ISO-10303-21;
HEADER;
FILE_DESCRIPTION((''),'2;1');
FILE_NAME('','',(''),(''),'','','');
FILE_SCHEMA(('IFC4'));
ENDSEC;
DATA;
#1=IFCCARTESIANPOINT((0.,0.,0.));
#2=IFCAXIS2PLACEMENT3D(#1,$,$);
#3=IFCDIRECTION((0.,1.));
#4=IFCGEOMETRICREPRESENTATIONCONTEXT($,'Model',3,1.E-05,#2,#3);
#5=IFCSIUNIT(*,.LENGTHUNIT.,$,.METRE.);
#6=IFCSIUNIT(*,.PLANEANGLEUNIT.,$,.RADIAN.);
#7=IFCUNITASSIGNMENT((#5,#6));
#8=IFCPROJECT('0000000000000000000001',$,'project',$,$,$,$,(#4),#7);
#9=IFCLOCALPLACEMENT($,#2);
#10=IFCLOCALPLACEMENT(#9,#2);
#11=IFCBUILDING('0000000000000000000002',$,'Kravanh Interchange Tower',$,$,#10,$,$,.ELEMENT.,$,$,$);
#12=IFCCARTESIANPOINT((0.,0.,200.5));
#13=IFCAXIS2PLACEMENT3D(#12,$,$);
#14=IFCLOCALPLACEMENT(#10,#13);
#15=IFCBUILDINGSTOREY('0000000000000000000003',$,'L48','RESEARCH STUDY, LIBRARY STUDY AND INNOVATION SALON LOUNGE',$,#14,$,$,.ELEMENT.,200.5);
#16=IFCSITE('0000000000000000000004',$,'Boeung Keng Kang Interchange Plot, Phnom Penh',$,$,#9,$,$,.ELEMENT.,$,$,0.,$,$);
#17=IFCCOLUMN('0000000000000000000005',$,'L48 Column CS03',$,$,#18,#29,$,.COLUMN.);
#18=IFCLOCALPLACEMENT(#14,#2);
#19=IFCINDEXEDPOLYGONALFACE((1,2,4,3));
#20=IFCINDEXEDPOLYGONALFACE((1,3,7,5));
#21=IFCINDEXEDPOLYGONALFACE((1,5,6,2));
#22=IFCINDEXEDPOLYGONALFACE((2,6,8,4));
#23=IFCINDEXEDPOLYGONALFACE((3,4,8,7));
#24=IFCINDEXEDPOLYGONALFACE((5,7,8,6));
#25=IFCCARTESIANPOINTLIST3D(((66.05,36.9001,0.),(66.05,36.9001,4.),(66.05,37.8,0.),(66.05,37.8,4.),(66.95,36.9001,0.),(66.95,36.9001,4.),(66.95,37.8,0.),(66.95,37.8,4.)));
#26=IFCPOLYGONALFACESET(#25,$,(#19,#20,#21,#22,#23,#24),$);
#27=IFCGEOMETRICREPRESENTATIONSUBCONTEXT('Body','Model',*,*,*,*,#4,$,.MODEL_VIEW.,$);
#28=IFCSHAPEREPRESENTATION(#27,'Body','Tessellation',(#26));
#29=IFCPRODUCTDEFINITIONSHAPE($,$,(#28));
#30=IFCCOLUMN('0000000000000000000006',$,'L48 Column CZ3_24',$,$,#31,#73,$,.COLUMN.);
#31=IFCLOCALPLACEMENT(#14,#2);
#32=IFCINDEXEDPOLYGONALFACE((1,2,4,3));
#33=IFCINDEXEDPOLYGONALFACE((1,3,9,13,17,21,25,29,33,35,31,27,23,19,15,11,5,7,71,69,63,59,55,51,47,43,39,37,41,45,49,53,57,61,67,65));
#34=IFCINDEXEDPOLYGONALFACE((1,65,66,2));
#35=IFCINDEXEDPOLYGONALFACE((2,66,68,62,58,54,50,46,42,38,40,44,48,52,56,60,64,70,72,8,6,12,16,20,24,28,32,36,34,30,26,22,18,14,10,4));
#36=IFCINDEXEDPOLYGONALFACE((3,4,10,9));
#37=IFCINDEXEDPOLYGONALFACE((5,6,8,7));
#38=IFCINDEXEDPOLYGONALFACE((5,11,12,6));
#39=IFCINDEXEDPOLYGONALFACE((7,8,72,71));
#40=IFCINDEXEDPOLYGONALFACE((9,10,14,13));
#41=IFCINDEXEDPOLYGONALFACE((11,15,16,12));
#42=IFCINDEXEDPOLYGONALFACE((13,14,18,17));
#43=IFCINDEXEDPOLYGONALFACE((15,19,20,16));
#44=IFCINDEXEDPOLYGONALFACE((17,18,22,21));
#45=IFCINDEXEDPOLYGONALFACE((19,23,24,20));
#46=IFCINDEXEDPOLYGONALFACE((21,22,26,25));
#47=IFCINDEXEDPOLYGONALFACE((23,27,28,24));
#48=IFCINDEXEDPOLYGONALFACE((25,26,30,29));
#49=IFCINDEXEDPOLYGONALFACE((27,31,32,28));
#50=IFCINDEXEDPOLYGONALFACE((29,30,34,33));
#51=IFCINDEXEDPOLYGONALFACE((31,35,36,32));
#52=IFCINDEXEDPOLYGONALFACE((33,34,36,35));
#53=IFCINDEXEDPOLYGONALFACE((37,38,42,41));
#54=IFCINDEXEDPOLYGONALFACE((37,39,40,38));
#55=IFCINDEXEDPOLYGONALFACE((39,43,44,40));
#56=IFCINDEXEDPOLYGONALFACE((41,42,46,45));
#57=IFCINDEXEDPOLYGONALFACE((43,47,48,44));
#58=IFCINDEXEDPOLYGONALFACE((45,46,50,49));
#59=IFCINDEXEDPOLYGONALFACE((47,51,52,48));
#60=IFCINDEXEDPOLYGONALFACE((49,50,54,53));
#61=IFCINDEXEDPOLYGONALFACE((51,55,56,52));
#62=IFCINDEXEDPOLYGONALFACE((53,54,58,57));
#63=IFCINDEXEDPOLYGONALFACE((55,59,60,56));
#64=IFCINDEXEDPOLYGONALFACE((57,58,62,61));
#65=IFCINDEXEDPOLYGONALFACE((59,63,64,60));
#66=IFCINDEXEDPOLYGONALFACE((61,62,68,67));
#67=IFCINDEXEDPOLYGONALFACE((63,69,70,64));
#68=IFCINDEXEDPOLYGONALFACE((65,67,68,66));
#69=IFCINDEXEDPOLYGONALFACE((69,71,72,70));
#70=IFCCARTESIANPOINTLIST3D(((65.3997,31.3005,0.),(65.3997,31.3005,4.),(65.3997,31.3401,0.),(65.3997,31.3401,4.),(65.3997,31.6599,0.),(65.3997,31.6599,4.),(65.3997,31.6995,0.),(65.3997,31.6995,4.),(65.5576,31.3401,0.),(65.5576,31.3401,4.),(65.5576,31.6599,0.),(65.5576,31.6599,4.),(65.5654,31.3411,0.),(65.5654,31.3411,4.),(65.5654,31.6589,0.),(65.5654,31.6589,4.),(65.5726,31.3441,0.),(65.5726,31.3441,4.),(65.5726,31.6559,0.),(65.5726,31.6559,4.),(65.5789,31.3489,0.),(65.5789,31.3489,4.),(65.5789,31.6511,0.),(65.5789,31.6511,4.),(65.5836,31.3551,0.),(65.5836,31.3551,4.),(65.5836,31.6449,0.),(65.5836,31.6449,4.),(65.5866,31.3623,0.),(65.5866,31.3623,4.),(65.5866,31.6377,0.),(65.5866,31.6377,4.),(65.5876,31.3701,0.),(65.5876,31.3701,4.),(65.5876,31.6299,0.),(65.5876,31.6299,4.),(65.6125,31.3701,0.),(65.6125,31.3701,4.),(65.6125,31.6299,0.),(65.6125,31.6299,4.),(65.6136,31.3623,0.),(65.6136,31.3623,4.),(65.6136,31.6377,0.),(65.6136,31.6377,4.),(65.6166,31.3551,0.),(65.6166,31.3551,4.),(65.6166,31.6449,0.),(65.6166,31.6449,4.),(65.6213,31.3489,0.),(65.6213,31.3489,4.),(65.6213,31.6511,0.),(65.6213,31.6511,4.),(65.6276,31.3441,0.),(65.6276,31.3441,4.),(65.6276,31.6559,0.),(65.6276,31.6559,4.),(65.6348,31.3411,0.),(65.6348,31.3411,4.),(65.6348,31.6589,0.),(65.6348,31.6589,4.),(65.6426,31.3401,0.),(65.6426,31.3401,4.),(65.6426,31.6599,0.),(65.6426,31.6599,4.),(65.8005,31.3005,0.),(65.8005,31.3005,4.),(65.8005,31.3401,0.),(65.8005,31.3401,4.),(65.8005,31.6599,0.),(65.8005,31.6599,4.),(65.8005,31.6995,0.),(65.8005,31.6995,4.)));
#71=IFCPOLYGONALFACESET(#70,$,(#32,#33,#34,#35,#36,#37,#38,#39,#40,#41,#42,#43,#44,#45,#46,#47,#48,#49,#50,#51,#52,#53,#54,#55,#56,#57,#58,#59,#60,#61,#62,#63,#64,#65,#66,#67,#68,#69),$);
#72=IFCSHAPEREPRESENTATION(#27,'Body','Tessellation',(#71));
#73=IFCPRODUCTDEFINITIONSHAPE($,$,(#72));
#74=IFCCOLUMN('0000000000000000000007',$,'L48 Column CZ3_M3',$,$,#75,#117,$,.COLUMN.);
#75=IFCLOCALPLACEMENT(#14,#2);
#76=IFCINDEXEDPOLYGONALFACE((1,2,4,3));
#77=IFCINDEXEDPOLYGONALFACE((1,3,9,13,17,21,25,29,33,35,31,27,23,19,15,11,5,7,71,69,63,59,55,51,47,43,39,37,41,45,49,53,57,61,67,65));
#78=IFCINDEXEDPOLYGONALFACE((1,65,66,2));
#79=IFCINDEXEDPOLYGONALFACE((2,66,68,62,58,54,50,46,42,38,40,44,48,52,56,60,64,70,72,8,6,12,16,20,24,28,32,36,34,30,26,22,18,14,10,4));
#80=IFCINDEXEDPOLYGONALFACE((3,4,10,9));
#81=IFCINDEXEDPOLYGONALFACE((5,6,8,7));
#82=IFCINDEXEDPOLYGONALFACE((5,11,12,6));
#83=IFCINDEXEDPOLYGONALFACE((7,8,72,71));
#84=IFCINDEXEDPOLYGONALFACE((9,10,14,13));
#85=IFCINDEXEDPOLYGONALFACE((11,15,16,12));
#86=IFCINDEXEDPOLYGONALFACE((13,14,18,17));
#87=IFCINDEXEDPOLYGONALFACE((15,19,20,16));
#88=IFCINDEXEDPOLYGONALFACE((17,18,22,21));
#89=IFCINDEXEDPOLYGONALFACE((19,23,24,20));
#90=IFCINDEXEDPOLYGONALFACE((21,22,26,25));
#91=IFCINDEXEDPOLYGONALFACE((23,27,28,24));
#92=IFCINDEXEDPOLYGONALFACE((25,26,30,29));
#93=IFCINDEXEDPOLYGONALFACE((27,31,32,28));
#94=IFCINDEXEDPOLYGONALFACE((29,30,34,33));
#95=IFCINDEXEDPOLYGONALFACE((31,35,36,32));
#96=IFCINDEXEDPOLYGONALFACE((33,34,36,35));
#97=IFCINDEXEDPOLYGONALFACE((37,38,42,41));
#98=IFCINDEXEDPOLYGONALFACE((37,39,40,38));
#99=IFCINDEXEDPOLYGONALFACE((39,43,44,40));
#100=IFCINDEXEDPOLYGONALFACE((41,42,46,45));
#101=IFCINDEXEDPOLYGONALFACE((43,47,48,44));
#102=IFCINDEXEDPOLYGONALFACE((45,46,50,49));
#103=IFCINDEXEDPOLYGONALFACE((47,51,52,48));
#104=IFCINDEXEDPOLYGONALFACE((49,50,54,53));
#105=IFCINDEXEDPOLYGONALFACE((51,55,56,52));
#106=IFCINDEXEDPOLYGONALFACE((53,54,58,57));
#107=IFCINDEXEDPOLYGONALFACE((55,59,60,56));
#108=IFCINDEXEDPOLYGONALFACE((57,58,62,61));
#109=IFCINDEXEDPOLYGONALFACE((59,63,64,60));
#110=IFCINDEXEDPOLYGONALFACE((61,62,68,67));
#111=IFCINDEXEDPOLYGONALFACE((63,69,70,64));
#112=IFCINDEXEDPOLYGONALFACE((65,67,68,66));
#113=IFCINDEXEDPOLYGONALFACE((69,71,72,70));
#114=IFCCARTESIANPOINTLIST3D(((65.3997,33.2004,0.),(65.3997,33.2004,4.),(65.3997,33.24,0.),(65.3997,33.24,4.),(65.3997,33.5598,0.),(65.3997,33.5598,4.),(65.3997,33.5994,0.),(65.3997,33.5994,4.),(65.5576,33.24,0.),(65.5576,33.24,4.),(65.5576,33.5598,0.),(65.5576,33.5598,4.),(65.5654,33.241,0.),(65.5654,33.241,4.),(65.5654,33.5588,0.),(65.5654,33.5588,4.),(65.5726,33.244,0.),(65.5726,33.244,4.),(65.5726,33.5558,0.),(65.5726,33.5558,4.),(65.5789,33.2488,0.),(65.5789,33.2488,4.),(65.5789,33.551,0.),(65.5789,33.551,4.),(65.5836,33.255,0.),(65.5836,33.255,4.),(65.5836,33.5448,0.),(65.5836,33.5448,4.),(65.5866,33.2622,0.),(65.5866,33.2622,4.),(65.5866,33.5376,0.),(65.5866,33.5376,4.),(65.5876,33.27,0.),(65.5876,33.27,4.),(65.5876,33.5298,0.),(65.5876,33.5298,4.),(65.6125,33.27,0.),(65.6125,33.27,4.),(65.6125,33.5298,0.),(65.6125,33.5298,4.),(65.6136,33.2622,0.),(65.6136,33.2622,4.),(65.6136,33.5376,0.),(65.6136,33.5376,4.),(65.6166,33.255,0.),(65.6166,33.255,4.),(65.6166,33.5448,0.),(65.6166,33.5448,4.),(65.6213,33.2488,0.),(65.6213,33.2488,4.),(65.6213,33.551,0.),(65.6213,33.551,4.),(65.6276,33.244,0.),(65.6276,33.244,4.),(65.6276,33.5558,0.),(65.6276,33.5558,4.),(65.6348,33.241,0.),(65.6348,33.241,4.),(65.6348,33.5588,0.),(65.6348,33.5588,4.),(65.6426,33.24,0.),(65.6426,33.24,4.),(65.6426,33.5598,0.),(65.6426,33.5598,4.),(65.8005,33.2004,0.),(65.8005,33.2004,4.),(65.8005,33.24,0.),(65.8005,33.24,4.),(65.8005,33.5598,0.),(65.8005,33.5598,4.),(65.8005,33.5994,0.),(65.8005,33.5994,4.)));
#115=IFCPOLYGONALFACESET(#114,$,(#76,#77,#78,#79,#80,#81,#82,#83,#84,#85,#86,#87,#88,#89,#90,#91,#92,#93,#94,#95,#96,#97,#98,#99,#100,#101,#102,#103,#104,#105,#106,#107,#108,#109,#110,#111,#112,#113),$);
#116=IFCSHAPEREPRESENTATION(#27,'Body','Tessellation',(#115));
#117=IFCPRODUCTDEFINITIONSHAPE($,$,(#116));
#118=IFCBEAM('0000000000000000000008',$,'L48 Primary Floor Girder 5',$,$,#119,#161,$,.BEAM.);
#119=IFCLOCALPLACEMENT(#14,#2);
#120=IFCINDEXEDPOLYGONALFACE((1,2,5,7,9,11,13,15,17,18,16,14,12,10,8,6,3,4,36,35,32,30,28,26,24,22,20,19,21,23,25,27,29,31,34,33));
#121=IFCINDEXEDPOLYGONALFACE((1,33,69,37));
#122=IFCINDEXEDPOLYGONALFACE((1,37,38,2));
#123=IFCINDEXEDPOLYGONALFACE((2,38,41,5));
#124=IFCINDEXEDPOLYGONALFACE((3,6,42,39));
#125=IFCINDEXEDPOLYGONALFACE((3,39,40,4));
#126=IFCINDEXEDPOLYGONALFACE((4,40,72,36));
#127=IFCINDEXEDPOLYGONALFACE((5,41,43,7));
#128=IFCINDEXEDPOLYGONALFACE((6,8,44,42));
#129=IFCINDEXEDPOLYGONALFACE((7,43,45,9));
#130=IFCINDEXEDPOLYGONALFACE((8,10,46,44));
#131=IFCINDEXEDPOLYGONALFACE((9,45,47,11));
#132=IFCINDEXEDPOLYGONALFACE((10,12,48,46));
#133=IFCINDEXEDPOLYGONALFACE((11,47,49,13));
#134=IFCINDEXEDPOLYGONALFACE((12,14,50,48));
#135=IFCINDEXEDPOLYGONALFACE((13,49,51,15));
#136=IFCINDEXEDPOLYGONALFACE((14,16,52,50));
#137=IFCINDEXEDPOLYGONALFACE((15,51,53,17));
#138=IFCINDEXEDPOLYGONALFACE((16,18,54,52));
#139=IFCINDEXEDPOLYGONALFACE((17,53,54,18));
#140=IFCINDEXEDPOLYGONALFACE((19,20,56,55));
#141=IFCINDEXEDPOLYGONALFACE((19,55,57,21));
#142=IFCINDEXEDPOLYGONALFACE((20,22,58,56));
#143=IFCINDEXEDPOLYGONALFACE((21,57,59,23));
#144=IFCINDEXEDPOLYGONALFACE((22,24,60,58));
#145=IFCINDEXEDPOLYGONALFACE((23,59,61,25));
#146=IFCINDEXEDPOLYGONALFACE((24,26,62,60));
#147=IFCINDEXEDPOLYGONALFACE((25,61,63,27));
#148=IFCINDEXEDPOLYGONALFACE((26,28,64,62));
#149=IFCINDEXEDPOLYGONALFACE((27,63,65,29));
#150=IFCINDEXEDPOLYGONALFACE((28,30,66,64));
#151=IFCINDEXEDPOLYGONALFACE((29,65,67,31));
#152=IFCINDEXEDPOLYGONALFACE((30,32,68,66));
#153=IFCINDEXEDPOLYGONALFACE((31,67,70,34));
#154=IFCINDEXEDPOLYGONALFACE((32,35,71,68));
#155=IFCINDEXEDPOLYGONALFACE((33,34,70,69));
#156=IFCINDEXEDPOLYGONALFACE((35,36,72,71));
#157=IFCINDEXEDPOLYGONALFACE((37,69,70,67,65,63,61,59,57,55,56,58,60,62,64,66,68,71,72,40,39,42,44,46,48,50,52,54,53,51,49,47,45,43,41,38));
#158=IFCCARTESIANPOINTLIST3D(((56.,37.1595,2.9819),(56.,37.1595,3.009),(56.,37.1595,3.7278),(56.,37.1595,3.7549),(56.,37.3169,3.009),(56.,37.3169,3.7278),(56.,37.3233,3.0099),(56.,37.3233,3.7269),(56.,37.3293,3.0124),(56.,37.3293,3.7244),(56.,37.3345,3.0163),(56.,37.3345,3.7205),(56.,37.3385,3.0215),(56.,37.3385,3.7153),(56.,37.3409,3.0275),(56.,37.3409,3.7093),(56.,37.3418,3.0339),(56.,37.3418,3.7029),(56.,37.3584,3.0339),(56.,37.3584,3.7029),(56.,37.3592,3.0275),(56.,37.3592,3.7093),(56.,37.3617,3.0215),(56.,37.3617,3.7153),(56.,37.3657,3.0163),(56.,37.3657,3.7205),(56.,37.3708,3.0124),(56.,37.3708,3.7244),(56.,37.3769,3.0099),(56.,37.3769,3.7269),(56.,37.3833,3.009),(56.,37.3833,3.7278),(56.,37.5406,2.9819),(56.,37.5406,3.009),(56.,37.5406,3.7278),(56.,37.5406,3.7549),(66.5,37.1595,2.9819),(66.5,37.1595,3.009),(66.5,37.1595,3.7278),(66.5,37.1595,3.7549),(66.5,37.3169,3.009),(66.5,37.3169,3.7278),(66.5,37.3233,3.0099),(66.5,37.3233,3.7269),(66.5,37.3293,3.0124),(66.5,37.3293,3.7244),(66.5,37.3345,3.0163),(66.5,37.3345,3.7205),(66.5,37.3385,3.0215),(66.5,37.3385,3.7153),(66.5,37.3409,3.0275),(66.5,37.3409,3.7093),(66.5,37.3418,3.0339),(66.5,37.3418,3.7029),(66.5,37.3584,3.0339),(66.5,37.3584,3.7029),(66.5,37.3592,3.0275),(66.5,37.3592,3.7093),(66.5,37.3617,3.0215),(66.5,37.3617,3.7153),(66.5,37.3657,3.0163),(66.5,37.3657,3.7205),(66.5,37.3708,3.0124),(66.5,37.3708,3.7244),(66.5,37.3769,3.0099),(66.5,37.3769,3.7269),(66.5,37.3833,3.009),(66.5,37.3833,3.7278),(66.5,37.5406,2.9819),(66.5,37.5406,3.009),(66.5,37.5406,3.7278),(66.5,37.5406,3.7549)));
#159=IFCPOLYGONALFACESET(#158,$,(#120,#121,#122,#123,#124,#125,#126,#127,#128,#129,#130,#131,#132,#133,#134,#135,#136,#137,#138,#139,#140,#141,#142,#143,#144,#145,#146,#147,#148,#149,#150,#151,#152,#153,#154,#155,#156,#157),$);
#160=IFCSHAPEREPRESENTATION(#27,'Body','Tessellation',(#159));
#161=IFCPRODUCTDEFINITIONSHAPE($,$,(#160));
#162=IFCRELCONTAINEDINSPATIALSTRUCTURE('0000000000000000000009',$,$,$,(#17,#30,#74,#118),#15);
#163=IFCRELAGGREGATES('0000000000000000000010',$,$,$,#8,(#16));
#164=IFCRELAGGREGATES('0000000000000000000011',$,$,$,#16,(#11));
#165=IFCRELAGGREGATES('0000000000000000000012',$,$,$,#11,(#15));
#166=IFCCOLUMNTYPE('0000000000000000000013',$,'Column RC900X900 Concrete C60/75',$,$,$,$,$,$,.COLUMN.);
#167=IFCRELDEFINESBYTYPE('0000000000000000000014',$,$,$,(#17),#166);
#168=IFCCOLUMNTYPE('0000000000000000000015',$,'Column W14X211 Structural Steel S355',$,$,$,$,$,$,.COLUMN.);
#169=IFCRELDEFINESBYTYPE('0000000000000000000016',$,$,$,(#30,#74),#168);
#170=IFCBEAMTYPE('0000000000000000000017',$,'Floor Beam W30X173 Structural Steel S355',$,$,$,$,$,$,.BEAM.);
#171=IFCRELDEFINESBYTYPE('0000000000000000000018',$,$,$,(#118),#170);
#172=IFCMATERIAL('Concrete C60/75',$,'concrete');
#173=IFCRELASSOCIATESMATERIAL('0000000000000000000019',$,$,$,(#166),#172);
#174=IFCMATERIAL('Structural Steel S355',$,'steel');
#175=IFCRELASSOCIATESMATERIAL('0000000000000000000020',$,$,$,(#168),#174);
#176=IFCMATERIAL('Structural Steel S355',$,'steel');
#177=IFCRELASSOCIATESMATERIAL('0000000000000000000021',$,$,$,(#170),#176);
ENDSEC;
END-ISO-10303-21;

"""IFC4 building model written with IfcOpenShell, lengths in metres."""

from ifc_helpers import new_model, si_unit, direction, frame, origin, origin_2d, place, context, subcontext, project, spatial, rectangle, i_section, extrude, material, material_profile, profile_set, type_object, element, save


model = new_model("IFC4")

# Units and contexts
model_context = context("Model", 3, precision=1e-05, world=origin(), true_north=direction((0.0, 1.0)))
body_context = subcontext(model_context, "Body", "Model", "MODEL_VIEW")
ifc_project = project(units=[si_unit("LENGTHUNIT", "METRE"), si_unit("PLANEANGLEUNIT", "RADIAN")], contexts=[model_context])

# Site, building, storey
site_placement = place(None, origin())
site = spatial("IfcSite", under=ifc_project, at=site_placement, Name="Boeung Keng Kang Interchange Plot, Phnom Penh", CompositionType="ELEMENT", RefElevation=0.0)
building_placement = place(site_placement, origin())
building = spatial("IfcBuilding", under=site, at=building_placement, Name="Kravanh Interchange Tower", CompositionType="ELEMENT")
storey_placement = place(building_placement, frame((0.0, 0.0, 200.5)))
storey = spatial("IfcBuildingStorey", under=building, at=storey_placement, Name="L48", Description="RESEARCH STUDY, LIBRARY STUDY AND INNOVATION SALON LOUNGE", CompositionType="ELEMENT", Elevation=200.5)

# Columns
ifc_material_1 = material(Name="Concrete C60/75", Category="concrete")
ifc_material_profile_1 = material_profile(ifc_material_1, rectangle(XDim=0.8999, YDim=0.8999, at=origin_2d()), Name="RC900X900")
ifc_profile_set_1 = profile_set([ifc_material_profile_1], Name="Concrete C60/75")
column_type_1 = type_object("IfcColumnType", Name="Column RC900X900 Concrete C60/75", PredefinedType="COLUMN", material=ifc_profile_set_1)
column_placement = place(storey_placement, frame((66.5, 37.3501, 0.0), z_axis=(0.0, 0.0, 1.0), x_axis=(1.0, 0.0, 0.0)))
element("IfcColumn", 1, at=column_placement, inside=storey, type_object=column_type_1, Name="L48 Column CS03", PredefinedType="COLUMN", context=body_context, shape_type="SweptSolid", body=[
    extrude(rectangle(XDim=0.8999, YDim=0.8999, at=origin_2d()), origin(), (0.0, 0.0, 1.0), 4.0),
])
ifc_material_2 = material(Name="Structural Steel S355", Category="steel")
ifc_material_profile_2 = material_profile(ifc_material_2, i_section(OverallWidth=0.4009, OverallDepth=0.3989, WebThickness=0.0249, FlangeThickness=0.0396, FilletRadius=0.03, at=origin_2d()), Name="W14X211")
ifc_profile_set_2 = profile_set([ifc_material_profile_2], Name="Structural Steel S355")
column_type_2 = type_object("IfcColumnType", Name="Column W14X211 Structural Steel S355", PredefinedType="COLUMN", material=ifc_profile_set_2)
for number, where, z_axis, x_axis, name in (
    (2, (65.6001, 31.5, 0.0), (0.0, 0.0, 1.0), (1.0, 0.0, 0.0), "L48 Column CZ3_24"),
    (3, (65.6001, 33.3999, 0.0), (0.0, 0.0, 1.0), (1.0, 0.0, 0.0), "L48 Column CZ3_M3"),
):
    element("IfcColumn", number, at=place(storey_placement, frame(where, z_axis=z_axis, x_axis=x_axis)), inside=storey, type_object=column_type_2, Name=name, PredefinedType="COLUMN", context=body_context, shape_type="SweptSolid", body=[
        extrude(i_section(OverallWidth=0.4009, OverallDepth=0.3989, WebThickness=0.0249, FlangeThickness=0.0396, FilletRadius=0.03, at=origin_2d()), origin(), (0.0, 0.0, 1.0), 4.0),
    ])

# Beam
ifc_material_3 = material(Name="Structural Steel S355", Category="steel")
ifc_material_profile_3 = material_profile(ifc_material_3, i_section(OverallWidth=0.3811, OverallDepth=0.7729, WebThickness=0.0166, FlangeThickness=0.0271, FilletRadius=0.0249, at=origin_2d()), Name="W30X173")
ifc_profile_set_3 = profile_set([ifc_material_profile_3], Name="Structural Steel S355")
beam_type_1 = type_object("IfcBeamType", Name="Floor Beam W30X173 Structural Steel S355", PredefinedType="BEAM", material=ifc_profile_set_3)
beam_1_placement = place(storey_placement, frame((66.5, 37.3501, 3.3684), z_axis=(-1.0, 0.0, 0.0), x_axis=(0.0, -1.0, 0.0)))
element("IfcBeam", 4, at=beam_1_placement, inside=storey, type_object=beam_type_1, Name="L48 Primary Floor Girder 5", PredefinedType="BEAM", context=body_context, shape_type="SweptSolid", body=[
    extrude(i_section(OverallWidth=0.3811, OverallDepth=0.7729, WebThickness=0.0166, FlangeThickness=0.0271, FilletRadius=0.0249, at=origin_2d()), origin(), (0.0, 0.0, 1.0), 10.5),
])

save(model, "model.ifc")
